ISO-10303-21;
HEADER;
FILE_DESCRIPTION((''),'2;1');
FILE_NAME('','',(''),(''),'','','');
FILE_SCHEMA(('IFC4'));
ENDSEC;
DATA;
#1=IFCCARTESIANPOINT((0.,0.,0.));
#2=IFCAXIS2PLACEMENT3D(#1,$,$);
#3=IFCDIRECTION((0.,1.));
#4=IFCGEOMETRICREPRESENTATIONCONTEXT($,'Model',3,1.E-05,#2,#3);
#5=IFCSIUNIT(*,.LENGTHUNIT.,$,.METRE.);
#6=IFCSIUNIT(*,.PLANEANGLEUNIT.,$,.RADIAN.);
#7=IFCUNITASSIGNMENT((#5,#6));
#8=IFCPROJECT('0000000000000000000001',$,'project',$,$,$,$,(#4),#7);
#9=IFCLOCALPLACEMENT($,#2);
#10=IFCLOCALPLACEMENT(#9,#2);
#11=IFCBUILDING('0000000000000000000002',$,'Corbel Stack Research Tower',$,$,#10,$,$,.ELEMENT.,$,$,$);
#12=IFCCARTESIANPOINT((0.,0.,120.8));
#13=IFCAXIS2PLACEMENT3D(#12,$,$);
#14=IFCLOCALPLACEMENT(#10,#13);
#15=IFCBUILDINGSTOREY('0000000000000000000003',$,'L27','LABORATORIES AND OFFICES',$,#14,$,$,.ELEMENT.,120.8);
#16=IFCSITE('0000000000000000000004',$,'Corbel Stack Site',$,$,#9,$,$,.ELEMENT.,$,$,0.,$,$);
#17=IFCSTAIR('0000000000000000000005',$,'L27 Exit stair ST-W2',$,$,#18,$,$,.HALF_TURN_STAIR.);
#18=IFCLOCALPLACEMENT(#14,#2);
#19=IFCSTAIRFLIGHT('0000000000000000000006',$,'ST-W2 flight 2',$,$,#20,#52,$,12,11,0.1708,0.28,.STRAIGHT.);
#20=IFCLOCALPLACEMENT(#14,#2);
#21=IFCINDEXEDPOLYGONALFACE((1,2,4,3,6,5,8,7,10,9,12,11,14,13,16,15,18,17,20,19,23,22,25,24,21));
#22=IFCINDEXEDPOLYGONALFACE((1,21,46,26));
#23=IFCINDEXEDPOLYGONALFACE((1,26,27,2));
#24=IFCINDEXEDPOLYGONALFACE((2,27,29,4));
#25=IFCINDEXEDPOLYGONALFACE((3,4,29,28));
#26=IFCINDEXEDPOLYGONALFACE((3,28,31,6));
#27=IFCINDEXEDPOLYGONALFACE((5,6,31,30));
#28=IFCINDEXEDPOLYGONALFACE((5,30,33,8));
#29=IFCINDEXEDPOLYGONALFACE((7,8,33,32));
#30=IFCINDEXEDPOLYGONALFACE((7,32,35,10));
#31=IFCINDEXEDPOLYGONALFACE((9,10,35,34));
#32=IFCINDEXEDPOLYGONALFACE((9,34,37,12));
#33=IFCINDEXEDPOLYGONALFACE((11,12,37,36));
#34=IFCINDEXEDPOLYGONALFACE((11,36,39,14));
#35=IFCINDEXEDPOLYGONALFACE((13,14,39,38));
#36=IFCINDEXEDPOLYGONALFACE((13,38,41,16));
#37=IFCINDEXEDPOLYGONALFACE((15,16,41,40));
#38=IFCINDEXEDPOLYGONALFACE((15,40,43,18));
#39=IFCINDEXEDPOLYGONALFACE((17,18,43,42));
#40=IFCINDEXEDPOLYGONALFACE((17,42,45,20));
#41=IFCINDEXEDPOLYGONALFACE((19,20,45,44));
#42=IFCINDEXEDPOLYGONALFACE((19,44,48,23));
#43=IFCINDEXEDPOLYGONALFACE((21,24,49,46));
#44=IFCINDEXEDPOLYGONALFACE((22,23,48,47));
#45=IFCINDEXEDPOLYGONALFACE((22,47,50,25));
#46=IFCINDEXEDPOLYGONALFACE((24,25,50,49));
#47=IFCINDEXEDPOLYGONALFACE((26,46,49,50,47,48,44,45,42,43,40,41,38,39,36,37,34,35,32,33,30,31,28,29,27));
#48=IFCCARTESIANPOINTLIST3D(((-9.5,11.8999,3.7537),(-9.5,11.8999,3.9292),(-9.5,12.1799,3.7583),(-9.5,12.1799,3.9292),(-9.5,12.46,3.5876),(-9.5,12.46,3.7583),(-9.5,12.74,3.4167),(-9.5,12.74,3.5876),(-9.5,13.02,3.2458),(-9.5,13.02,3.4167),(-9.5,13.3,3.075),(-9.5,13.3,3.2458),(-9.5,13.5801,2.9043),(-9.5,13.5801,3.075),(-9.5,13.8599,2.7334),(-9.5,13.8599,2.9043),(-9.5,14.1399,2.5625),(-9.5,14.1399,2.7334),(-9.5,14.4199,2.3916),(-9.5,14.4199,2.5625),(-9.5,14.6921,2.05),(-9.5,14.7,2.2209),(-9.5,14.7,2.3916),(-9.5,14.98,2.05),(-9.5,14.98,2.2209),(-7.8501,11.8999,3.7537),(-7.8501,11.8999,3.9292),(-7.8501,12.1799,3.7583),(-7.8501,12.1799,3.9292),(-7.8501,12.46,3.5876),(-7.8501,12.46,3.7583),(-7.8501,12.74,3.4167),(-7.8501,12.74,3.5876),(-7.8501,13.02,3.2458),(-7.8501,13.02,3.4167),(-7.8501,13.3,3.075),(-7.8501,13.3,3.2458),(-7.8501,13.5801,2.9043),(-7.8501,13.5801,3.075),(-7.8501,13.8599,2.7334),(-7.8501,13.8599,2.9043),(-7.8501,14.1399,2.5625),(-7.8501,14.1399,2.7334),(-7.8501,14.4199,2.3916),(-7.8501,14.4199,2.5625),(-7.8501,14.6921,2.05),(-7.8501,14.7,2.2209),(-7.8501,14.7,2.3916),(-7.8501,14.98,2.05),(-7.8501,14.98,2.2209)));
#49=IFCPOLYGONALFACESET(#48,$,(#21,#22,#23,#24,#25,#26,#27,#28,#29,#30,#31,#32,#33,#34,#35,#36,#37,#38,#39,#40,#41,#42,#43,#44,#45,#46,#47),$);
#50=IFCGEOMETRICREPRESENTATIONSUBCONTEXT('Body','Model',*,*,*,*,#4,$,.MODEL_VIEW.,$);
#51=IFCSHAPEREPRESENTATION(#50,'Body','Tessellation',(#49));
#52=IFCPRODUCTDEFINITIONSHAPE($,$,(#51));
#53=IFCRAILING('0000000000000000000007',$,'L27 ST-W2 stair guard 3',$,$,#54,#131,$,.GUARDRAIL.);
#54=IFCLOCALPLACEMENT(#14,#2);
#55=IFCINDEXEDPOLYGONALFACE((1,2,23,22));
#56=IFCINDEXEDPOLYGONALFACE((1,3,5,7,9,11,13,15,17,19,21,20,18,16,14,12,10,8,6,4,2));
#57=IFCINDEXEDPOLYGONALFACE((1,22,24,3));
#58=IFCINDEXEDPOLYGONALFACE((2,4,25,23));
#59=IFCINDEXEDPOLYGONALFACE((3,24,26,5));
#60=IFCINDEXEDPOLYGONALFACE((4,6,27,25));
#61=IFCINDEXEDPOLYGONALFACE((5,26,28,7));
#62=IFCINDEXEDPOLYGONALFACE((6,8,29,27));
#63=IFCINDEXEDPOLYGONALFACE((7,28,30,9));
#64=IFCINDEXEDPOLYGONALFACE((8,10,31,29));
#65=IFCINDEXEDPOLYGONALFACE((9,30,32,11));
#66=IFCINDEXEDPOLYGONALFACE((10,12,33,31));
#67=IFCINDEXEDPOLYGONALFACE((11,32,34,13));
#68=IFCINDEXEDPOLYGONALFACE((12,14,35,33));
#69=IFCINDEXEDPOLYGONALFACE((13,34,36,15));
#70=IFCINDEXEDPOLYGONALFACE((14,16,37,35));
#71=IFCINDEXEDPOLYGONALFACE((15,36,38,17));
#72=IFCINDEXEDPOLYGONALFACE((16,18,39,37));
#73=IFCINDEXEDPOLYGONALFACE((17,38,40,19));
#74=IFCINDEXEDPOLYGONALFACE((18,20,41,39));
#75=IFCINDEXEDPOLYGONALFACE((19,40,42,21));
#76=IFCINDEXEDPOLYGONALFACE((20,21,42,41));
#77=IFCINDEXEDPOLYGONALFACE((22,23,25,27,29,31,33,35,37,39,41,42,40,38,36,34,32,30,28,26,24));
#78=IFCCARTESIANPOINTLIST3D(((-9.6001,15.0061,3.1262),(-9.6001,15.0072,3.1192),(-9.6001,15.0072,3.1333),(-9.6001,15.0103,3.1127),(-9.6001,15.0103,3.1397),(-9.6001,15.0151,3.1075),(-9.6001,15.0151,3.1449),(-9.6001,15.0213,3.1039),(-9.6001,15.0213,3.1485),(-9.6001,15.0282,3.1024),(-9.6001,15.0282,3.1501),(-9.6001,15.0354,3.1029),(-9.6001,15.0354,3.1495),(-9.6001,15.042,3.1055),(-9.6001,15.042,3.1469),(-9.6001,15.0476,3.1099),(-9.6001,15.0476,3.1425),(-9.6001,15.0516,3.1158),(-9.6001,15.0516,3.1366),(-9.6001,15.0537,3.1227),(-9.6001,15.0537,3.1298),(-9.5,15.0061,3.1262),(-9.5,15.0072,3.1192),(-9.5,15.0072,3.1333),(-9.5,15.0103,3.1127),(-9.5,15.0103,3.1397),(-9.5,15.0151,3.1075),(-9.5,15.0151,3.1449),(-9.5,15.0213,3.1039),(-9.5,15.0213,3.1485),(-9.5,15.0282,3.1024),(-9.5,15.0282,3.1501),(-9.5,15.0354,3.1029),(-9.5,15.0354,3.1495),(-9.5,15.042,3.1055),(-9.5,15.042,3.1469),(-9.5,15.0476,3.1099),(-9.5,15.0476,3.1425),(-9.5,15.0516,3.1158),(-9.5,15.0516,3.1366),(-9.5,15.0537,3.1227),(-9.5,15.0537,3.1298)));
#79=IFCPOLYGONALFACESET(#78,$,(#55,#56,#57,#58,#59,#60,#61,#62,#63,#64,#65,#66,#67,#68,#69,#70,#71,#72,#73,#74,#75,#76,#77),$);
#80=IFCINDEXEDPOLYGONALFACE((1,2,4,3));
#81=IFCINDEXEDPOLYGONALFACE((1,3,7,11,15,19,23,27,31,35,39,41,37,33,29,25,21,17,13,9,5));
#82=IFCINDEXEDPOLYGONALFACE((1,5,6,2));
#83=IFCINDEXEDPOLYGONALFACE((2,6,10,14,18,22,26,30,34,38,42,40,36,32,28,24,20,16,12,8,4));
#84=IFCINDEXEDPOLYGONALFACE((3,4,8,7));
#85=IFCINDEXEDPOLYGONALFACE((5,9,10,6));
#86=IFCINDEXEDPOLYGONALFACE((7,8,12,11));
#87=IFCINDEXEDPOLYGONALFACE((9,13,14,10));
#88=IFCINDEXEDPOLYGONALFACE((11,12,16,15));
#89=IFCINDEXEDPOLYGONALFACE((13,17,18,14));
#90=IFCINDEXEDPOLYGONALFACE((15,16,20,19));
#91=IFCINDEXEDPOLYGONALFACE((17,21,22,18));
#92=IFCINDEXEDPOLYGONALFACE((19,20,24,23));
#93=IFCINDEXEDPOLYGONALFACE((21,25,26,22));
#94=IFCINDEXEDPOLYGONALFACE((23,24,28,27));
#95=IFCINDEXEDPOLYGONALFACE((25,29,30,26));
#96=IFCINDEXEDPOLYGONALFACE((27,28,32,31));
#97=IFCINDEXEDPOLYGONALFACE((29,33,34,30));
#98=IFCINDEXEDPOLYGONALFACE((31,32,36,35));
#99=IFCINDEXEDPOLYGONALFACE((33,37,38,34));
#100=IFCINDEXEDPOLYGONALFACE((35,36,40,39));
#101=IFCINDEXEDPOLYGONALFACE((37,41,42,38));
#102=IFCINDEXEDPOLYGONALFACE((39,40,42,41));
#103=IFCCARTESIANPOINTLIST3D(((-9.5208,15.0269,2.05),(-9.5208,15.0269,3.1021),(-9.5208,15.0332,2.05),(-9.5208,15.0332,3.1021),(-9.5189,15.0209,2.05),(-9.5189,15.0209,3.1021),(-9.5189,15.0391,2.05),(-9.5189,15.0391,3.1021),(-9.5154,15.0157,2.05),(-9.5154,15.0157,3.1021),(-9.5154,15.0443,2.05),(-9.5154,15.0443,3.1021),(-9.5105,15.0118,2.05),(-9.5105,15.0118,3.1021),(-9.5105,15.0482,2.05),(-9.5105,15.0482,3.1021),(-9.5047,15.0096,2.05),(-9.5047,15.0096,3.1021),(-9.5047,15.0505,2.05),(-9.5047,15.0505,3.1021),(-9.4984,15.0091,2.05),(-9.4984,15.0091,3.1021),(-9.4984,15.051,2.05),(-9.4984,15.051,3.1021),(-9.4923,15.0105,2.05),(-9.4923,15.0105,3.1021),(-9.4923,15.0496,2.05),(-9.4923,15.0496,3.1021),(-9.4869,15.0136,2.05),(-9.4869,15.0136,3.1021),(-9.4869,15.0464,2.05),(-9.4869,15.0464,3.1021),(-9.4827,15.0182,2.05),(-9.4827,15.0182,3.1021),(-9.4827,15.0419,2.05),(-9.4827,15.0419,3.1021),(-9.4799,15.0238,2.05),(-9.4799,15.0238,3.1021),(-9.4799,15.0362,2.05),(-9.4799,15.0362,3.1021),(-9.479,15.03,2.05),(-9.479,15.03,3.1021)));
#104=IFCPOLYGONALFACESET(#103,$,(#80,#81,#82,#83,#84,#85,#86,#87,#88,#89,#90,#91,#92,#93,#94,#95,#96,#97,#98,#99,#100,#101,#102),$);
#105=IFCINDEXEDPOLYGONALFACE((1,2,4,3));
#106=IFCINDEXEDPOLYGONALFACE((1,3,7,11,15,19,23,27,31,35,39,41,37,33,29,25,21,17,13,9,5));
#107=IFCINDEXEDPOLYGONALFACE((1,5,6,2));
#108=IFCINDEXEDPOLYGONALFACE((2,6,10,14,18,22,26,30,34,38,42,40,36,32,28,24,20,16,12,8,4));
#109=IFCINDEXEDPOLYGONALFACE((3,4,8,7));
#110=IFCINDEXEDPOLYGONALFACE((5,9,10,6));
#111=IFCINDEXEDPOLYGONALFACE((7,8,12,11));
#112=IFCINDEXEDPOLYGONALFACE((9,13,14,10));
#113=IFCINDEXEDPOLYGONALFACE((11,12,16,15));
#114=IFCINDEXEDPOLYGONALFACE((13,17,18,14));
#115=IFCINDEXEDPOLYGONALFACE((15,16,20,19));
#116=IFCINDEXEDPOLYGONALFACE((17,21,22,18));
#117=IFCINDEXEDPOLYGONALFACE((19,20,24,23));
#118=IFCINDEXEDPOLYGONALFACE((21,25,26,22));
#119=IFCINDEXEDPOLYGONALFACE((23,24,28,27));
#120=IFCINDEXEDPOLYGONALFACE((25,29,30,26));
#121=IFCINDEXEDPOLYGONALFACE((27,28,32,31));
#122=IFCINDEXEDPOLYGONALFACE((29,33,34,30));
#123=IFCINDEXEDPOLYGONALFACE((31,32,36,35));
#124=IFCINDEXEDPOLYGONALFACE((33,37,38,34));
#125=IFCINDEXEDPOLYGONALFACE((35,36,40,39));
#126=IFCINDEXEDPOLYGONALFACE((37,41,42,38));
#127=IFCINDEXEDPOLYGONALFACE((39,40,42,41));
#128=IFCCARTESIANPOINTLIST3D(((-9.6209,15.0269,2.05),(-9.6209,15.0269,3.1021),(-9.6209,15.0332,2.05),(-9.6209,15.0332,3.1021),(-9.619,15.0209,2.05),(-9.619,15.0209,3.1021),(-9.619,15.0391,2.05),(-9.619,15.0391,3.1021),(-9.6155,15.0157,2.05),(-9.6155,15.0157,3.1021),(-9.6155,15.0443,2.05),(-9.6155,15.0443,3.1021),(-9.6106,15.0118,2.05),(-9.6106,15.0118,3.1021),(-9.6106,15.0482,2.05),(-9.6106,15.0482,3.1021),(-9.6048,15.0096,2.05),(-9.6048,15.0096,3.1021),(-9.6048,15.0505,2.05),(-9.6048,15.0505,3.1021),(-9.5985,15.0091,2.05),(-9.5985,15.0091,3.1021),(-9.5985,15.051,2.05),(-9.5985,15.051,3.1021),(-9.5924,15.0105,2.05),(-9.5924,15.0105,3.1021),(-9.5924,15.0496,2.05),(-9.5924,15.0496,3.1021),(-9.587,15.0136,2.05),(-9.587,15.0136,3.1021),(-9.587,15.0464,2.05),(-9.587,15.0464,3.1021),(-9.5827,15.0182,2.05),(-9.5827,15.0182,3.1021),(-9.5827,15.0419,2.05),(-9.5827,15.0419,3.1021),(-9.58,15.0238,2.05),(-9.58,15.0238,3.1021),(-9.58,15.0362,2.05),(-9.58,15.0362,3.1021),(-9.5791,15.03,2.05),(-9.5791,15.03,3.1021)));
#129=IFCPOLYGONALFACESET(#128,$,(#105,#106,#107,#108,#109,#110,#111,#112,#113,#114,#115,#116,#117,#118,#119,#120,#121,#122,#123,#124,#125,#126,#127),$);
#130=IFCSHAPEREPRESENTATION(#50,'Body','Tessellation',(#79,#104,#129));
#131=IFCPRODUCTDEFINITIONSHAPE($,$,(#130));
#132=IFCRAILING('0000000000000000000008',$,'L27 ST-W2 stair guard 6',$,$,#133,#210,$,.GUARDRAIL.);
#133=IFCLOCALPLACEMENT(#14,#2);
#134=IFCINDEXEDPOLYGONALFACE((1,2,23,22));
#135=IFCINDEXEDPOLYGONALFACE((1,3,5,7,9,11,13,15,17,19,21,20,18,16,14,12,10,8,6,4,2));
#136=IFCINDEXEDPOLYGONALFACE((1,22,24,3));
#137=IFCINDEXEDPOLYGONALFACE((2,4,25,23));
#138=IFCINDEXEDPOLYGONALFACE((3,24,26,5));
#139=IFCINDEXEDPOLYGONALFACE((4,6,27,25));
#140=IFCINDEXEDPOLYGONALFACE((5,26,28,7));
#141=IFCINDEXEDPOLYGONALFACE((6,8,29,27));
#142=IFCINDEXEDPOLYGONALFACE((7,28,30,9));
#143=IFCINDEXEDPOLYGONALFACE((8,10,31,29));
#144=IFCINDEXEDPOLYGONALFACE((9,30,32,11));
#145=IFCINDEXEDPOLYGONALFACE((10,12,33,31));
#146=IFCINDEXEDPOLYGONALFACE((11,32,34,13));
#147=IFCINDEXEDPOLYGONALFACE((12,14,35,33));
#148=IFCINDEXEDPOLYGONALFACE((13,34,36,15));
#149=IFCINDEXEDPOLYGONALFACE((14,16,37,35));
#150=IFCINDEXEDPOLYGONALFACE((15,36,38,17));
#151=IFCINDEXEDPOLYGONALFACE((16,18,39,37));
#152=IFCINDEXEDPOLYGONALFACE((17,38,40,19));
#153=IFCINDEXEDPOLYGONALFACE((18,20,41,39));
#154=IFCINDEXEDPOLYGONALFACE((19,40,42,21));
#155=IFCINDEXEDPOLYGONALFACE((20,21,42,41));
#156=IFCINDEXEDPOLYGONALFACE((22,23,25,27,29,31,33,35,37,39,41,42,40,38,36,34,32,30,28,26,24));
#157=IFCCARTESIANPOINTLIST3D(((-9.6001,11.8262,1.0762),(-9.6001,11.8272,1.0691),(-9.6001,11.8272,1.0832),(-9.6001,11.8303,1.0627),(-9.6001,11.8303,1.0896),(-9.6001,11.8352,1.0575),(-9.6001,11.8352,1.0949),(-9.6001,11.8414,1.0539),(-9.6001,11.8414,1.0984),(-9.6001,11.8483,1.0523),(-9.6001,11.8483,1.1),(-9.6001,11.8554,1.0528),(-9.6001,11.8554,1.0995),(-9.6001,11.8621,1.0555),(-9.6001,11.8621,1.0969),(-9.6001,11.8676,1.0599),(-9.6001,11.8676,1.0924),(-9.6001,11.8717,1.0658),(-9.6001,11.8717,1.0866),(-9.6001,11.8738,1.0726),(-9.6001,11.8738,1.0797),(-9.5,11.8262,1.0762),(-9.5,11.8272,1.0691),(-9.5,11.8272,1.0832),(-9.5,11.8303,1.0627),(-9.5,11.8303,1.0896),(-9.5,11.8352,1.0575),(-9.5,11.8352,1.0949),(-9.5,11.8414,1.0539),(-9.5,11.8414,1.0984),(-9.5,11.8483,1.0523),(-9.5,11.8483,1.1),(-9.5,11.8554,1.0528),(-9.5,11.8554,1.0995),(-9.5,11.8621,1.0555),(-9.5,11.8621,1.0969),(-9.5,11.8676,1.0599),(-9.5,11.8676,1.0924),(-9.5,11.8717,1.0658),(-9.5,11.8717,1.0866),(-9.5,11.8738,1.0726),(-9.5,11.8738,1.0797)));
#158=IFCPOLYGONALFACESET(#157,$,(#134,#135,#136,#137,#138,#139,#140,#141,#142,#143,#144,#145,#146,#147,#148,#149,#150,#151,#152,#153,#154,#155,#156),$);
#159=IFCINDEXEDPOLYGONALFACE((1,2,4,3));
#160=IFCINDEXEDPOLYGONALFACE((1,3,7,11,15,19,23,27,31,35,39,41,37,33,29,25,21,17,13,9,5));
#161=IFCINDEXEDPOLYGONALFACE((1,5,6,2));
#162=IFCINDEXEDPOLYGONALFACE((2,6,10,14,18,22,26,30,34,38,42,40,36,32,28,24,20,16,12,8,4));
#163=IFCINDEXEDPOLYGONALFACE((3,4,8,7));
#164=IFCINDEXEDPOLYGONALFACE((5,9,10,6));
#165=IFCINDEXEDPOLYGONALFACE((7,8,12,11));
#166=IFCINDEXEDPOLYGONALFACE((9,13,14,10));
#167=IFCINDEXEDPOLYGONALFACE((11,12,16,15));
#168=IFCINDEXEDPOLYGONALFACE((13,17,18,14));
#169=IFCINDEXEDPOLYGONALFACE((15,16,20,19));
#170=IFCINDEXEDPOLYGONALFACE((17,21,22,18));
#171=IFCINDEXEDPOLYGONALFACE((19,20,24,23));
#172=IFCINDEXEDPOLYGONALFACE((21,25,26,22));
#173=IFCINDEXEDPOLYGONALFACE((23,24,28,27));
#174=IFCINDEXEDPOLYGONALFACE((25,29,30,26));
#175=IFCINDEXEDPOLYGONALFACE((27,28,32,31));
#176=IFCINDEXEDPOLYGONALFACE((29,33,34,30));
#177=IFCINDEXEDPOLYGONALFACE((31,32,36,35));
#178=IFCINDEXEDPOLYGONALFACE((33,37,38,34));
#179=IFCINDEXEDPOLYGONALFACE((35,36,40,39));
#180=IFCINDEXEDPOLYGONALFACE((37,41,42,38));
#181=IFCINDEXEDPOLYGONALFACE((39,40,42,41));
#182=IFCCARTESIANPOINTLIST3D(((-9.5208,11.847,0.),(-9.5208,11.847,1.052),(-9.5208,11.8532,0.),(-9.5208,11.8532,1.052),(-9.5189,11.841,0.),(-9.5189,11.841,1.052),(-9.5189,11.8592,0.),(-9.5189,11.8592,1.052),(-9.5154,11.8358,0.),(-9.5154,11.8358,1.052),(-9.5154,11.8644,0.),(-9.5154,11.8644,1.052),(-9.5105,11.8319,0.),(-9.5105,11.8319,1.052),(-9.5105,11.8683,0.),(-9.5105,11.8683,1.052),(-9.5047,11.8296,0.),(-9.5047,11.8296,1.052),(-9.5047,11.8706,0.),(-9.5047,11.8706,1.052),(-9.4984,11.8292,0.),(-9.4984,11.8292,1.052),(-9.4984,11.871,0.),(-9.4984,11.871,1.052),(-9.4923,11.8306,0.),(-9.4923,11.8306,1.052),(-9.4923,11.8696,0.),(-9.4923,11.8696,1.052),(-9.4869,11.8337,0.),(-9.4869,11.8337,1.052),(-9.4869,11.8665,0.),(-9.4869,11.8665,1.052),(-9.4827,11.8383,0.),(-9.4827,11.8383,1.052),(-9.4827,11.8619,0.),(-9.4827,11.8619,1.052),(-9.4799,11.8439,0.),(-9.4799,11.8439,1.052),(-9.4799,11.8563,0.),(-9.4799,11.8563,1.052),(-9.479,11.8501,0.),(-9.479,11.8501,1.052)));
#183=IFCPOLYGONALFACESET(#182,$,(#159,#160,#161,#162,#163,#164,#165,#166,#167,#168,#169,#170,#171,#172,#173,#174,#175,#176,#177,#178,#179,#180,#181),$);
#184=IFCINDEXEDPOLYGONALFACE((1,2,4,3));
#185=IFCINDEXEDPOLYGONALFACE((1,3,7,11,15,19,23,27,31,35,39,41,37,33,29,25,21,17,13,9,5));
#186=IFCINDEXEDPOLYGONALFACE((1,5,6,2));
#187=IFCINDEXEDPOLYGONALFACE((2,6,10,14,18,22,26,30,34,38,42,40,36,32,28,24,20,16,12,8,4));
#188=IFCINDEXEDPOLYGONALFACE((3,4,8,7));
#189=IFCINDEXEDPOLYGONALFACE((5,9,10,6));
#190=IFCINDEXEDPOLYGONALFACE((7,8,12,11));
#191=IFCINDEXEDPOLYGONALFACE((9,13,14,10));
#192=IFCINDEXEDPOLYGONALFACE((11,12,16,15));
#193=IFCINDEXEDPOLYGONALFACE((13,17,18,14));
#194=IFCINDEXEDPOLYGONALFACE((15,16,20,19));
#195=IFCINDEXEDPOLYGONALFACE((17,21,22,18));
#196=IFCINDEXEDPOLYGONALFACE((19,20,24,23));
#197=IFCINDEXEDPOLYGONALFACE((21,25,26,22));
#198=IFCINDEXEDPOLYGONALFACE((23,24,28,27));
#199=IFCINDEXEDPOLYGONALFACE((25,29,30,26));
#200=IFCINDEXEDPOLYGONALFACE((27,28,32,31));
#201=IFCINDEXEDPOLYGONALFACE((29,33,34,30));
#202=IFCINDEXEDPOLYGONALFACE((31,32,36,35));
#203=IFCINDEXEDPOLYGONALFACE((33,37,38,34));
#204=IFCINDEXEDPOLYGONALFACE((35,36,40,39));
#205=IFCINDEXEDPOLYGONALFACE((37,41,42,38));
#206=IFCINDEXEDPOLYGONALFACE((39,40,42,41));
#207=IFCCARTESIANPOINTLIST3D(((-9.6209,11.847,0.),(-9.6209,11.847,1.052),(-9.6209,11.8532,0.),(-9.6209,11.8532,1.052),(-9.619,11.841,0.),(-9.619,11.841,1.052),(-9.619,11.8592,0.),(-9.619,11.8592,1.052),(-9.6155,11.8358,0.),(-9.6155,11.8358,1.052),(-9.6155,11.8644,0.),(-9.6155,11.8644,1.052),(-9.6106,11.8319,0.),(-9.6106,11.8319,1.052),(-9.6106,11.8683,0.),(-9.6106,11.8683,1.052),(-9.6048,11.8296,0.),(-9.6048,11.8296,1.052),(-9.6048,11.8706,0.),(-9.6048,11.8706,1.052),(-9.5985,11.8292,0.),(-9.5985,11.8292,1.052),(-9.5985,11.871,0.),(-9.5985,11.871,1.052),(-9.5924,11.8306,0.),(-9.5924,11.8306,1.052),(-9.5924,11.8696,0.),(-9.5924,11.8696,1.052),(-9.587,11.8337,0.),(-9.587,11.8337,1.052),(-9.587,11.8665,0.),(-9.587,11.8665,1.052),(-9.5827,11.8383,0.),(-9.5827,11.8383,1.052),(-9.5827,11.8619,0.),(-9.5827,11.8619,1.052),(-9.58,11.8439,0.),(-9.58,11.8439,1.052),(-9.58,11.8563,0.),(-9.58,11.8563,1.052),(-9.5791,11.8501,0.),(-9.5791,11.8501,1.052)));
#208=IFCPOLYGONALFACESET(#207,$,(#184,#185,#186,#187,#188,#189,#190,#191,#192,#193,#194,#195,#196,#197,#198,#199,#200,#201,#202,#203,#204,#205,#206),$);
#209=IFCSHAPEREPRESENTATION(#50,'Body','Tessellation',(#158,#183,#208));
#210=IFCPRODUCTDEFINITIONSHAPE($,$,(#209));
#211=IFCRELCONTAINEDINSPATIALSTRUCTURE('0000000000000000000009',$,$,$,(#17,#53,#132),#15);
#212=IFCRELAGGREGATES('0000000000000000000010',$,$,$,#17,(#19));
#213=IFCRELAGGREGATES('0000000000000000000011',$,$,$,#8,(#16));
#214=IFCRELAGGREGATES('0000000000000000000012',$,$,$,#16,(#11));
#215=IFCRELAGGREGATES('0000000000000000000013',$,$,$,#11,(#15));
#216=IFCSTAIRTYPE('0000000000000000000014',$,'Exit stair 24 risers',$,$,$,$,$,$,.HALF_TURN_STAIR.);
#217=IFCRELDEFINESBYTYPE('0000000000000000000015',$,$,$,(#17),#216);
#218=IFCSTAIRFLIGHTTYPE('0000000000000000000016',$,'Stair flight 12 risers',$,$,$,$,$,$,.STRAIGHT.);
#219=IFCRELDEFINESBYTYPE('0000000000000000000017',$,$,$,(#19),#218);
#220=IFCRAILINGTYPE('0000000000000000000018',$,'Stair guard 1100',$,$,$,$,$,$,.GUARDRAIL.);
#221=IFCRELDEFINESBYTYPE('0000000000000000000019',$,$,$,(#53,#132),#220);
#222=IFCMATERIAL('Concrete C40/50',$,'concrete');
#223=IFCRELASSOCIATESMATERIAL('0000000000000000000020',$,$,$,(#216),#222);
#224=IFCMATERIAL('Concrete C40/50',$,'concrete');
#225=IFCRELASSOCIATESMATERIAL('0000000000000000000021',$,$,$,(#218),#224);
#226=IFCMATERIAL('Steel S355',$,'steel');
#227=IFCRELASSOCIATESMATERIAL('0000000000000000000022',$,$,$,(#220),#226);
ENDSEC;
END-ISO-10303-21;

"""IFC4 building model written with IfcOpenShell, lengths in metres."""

from ifc_helpers import new_model, si_unit, direction, frame, origin, origin_2d, place, context, subcontext, project, spatial, polyline, circle, outline, extrude, material, type_object, element, aggregate, save


model = new_model("IFC4")

# Units and contexts
model_context = context("Model", 3, precision=1e-05, world=origin(), true_north=direction((0.0, 1.0)))
body_context = subcontext(model_context, "Body", "Model", "MODEL_VIEW")
ifc_project = project(units=[si_unit("LENGTHUNIT", "METRE"), si_unit("PLANEANGLEUNIT", "RADIAN")], contexts=[model_context])

# Site, building, storey
site_placement = place(None, origin())
site = spatial("IfcSite", under=ifc_project, at=site_placement, Name="Corbel Stack Site", CompositionType="ELEMENT", RefElevation=0.0)
building_placement = place(site_placement, origin())
building = spatial("IfcBuilding", under=site, at=building_placement, Name="Corbel Stack Research Tower", CompositionType="ELEMENT")
storey_placement = place(building_placement, frame((0.0, 0.0, 120.8)))
storey = spatial("IfcBuildingStorey", under=building, at=storey_placement, Name="L27", Description="LABORATORIES AND OFFICES", CompositionType="ELEMENT", Elevation=120.8)

# Stair, stair flight
ifc_material_1 = material(Name="Concrete C40/50", Category="concrete")
stair_type = type_object("IfcStairType", Name="Exit stair 24 risers", PredefinedType="HALF_TURN_STAIR", material=ifc_material_1)
stair_placement = place(storey_placement, origin())
stair = element("IfcStair", 1, at=stair_placement, inside=storey, type_object=stair_type, Name="L27 Exit stair ST-W2", PredefinedType="HALF_TURN_STAIR")
ifc_material_2 = material(Name="Concrete C40/50", Category="concrete")
stair_flight_type = type_object("IfcStairFlightType", Name="Stair flight 12 risers", PredefinedType="STRAIGHT", material=ifc_material_2)
stair_flight_placement = place(storey_placement, frame((-8.675, 14.98, 2.05), z_axis=(0.0, 0.0, 1.0), x_axis=(0.0, -1.0, 0.0)))
stair_flight = element("IfcStairFlight", 2, at=stair_flight_placement, type_object=stair_flight_type, Name="ST-W2 flight 2", NumberOfRisers=12, NumberOfTreads=11, PredefinedType="STRAIGHT", RiserHeight=0.1708, TreadLength=0.28, context=body_context, shape_type="SweptSolid", body=[
    extrude(outline(polyline([(0.0, 0.0), (0.0, 0.1709), (0.28, 0.1709), (0.28, 0.3416), (0.5601, 0.3416), (0.5601, 0.5125), (0.8401, 0.5125), (0.8401, 0.6833), (1.1201, 0.6833), (1.1201, 0.8542), (1.3999, 0.8542), (1.3999, 1.0249), (1.6799, 1.0249), (1.6799, 1.1958), (1.96, 1.1958), (1.96, 1.3667), (2.24, 1.3667), (2.24, 1.5376), (2.52, 1.5376), (2.52, 1.7083), (2.8, 1.7083), (2.8, 1.8792), (3.0801, 1.8792), (3.0801, 2.05), (3.0801, 1.7036), (0.2878, 0.0), (0.0, 0.0)])), frame((0.0, 0.825, 0.0), z_axis=(0.0, -1.0, 0.0), x_axis=(1.0, 0.0, 0.0)), (0.0, 0.0, 1.0), 1.6499),
])
aggregate(stair, [stair_flight])

# Railings
ifc_material_3 = material(Name="Steel S355", Category="steel")
railing_type_1 = type_object("IfcRailingType", Name="Stair guard 1100", PredefinedType="GUARDRAIL", material=ifc_material_3)
for number, where, name in (
    (3, (-9.5, 15.03, 2.05), "L27 ST-W2 stair guard 3"),
    (4, (-9.5, 11.8501, 0.0), "L27 ST-W2 stair guard 6"),
):
    element("IfcRailing", number, at=place(storey_placement, frame(where)), inside=storey, type_object=railing_type_1, Name=name, PredefinedType="GUARDRAIL", context=body_context, shape_type="SweptSolid", body=[
        extrude(circle(Radius=0.0239, at=origin_2d()), frame((0.0, 0.0, 1.0762), z_axis=(-1.0, 0.0, 0.0), x_axis=(0.0, -1.0, 0.0)), (0.0, 0.0, 1.0), 0.1001),
        extrude(circle(Radius=0.021, at=origin_2d()), origin(), (0.0, 0.0, 1.0), 1.052),
        extrude(circle(Radius=0.021, at=origin_2d()), frame((-0.1001, 0.0, 0.0)), (0.0, 0.0, 1.0), 1.052),
    ])

save(model, "model.ifc")
